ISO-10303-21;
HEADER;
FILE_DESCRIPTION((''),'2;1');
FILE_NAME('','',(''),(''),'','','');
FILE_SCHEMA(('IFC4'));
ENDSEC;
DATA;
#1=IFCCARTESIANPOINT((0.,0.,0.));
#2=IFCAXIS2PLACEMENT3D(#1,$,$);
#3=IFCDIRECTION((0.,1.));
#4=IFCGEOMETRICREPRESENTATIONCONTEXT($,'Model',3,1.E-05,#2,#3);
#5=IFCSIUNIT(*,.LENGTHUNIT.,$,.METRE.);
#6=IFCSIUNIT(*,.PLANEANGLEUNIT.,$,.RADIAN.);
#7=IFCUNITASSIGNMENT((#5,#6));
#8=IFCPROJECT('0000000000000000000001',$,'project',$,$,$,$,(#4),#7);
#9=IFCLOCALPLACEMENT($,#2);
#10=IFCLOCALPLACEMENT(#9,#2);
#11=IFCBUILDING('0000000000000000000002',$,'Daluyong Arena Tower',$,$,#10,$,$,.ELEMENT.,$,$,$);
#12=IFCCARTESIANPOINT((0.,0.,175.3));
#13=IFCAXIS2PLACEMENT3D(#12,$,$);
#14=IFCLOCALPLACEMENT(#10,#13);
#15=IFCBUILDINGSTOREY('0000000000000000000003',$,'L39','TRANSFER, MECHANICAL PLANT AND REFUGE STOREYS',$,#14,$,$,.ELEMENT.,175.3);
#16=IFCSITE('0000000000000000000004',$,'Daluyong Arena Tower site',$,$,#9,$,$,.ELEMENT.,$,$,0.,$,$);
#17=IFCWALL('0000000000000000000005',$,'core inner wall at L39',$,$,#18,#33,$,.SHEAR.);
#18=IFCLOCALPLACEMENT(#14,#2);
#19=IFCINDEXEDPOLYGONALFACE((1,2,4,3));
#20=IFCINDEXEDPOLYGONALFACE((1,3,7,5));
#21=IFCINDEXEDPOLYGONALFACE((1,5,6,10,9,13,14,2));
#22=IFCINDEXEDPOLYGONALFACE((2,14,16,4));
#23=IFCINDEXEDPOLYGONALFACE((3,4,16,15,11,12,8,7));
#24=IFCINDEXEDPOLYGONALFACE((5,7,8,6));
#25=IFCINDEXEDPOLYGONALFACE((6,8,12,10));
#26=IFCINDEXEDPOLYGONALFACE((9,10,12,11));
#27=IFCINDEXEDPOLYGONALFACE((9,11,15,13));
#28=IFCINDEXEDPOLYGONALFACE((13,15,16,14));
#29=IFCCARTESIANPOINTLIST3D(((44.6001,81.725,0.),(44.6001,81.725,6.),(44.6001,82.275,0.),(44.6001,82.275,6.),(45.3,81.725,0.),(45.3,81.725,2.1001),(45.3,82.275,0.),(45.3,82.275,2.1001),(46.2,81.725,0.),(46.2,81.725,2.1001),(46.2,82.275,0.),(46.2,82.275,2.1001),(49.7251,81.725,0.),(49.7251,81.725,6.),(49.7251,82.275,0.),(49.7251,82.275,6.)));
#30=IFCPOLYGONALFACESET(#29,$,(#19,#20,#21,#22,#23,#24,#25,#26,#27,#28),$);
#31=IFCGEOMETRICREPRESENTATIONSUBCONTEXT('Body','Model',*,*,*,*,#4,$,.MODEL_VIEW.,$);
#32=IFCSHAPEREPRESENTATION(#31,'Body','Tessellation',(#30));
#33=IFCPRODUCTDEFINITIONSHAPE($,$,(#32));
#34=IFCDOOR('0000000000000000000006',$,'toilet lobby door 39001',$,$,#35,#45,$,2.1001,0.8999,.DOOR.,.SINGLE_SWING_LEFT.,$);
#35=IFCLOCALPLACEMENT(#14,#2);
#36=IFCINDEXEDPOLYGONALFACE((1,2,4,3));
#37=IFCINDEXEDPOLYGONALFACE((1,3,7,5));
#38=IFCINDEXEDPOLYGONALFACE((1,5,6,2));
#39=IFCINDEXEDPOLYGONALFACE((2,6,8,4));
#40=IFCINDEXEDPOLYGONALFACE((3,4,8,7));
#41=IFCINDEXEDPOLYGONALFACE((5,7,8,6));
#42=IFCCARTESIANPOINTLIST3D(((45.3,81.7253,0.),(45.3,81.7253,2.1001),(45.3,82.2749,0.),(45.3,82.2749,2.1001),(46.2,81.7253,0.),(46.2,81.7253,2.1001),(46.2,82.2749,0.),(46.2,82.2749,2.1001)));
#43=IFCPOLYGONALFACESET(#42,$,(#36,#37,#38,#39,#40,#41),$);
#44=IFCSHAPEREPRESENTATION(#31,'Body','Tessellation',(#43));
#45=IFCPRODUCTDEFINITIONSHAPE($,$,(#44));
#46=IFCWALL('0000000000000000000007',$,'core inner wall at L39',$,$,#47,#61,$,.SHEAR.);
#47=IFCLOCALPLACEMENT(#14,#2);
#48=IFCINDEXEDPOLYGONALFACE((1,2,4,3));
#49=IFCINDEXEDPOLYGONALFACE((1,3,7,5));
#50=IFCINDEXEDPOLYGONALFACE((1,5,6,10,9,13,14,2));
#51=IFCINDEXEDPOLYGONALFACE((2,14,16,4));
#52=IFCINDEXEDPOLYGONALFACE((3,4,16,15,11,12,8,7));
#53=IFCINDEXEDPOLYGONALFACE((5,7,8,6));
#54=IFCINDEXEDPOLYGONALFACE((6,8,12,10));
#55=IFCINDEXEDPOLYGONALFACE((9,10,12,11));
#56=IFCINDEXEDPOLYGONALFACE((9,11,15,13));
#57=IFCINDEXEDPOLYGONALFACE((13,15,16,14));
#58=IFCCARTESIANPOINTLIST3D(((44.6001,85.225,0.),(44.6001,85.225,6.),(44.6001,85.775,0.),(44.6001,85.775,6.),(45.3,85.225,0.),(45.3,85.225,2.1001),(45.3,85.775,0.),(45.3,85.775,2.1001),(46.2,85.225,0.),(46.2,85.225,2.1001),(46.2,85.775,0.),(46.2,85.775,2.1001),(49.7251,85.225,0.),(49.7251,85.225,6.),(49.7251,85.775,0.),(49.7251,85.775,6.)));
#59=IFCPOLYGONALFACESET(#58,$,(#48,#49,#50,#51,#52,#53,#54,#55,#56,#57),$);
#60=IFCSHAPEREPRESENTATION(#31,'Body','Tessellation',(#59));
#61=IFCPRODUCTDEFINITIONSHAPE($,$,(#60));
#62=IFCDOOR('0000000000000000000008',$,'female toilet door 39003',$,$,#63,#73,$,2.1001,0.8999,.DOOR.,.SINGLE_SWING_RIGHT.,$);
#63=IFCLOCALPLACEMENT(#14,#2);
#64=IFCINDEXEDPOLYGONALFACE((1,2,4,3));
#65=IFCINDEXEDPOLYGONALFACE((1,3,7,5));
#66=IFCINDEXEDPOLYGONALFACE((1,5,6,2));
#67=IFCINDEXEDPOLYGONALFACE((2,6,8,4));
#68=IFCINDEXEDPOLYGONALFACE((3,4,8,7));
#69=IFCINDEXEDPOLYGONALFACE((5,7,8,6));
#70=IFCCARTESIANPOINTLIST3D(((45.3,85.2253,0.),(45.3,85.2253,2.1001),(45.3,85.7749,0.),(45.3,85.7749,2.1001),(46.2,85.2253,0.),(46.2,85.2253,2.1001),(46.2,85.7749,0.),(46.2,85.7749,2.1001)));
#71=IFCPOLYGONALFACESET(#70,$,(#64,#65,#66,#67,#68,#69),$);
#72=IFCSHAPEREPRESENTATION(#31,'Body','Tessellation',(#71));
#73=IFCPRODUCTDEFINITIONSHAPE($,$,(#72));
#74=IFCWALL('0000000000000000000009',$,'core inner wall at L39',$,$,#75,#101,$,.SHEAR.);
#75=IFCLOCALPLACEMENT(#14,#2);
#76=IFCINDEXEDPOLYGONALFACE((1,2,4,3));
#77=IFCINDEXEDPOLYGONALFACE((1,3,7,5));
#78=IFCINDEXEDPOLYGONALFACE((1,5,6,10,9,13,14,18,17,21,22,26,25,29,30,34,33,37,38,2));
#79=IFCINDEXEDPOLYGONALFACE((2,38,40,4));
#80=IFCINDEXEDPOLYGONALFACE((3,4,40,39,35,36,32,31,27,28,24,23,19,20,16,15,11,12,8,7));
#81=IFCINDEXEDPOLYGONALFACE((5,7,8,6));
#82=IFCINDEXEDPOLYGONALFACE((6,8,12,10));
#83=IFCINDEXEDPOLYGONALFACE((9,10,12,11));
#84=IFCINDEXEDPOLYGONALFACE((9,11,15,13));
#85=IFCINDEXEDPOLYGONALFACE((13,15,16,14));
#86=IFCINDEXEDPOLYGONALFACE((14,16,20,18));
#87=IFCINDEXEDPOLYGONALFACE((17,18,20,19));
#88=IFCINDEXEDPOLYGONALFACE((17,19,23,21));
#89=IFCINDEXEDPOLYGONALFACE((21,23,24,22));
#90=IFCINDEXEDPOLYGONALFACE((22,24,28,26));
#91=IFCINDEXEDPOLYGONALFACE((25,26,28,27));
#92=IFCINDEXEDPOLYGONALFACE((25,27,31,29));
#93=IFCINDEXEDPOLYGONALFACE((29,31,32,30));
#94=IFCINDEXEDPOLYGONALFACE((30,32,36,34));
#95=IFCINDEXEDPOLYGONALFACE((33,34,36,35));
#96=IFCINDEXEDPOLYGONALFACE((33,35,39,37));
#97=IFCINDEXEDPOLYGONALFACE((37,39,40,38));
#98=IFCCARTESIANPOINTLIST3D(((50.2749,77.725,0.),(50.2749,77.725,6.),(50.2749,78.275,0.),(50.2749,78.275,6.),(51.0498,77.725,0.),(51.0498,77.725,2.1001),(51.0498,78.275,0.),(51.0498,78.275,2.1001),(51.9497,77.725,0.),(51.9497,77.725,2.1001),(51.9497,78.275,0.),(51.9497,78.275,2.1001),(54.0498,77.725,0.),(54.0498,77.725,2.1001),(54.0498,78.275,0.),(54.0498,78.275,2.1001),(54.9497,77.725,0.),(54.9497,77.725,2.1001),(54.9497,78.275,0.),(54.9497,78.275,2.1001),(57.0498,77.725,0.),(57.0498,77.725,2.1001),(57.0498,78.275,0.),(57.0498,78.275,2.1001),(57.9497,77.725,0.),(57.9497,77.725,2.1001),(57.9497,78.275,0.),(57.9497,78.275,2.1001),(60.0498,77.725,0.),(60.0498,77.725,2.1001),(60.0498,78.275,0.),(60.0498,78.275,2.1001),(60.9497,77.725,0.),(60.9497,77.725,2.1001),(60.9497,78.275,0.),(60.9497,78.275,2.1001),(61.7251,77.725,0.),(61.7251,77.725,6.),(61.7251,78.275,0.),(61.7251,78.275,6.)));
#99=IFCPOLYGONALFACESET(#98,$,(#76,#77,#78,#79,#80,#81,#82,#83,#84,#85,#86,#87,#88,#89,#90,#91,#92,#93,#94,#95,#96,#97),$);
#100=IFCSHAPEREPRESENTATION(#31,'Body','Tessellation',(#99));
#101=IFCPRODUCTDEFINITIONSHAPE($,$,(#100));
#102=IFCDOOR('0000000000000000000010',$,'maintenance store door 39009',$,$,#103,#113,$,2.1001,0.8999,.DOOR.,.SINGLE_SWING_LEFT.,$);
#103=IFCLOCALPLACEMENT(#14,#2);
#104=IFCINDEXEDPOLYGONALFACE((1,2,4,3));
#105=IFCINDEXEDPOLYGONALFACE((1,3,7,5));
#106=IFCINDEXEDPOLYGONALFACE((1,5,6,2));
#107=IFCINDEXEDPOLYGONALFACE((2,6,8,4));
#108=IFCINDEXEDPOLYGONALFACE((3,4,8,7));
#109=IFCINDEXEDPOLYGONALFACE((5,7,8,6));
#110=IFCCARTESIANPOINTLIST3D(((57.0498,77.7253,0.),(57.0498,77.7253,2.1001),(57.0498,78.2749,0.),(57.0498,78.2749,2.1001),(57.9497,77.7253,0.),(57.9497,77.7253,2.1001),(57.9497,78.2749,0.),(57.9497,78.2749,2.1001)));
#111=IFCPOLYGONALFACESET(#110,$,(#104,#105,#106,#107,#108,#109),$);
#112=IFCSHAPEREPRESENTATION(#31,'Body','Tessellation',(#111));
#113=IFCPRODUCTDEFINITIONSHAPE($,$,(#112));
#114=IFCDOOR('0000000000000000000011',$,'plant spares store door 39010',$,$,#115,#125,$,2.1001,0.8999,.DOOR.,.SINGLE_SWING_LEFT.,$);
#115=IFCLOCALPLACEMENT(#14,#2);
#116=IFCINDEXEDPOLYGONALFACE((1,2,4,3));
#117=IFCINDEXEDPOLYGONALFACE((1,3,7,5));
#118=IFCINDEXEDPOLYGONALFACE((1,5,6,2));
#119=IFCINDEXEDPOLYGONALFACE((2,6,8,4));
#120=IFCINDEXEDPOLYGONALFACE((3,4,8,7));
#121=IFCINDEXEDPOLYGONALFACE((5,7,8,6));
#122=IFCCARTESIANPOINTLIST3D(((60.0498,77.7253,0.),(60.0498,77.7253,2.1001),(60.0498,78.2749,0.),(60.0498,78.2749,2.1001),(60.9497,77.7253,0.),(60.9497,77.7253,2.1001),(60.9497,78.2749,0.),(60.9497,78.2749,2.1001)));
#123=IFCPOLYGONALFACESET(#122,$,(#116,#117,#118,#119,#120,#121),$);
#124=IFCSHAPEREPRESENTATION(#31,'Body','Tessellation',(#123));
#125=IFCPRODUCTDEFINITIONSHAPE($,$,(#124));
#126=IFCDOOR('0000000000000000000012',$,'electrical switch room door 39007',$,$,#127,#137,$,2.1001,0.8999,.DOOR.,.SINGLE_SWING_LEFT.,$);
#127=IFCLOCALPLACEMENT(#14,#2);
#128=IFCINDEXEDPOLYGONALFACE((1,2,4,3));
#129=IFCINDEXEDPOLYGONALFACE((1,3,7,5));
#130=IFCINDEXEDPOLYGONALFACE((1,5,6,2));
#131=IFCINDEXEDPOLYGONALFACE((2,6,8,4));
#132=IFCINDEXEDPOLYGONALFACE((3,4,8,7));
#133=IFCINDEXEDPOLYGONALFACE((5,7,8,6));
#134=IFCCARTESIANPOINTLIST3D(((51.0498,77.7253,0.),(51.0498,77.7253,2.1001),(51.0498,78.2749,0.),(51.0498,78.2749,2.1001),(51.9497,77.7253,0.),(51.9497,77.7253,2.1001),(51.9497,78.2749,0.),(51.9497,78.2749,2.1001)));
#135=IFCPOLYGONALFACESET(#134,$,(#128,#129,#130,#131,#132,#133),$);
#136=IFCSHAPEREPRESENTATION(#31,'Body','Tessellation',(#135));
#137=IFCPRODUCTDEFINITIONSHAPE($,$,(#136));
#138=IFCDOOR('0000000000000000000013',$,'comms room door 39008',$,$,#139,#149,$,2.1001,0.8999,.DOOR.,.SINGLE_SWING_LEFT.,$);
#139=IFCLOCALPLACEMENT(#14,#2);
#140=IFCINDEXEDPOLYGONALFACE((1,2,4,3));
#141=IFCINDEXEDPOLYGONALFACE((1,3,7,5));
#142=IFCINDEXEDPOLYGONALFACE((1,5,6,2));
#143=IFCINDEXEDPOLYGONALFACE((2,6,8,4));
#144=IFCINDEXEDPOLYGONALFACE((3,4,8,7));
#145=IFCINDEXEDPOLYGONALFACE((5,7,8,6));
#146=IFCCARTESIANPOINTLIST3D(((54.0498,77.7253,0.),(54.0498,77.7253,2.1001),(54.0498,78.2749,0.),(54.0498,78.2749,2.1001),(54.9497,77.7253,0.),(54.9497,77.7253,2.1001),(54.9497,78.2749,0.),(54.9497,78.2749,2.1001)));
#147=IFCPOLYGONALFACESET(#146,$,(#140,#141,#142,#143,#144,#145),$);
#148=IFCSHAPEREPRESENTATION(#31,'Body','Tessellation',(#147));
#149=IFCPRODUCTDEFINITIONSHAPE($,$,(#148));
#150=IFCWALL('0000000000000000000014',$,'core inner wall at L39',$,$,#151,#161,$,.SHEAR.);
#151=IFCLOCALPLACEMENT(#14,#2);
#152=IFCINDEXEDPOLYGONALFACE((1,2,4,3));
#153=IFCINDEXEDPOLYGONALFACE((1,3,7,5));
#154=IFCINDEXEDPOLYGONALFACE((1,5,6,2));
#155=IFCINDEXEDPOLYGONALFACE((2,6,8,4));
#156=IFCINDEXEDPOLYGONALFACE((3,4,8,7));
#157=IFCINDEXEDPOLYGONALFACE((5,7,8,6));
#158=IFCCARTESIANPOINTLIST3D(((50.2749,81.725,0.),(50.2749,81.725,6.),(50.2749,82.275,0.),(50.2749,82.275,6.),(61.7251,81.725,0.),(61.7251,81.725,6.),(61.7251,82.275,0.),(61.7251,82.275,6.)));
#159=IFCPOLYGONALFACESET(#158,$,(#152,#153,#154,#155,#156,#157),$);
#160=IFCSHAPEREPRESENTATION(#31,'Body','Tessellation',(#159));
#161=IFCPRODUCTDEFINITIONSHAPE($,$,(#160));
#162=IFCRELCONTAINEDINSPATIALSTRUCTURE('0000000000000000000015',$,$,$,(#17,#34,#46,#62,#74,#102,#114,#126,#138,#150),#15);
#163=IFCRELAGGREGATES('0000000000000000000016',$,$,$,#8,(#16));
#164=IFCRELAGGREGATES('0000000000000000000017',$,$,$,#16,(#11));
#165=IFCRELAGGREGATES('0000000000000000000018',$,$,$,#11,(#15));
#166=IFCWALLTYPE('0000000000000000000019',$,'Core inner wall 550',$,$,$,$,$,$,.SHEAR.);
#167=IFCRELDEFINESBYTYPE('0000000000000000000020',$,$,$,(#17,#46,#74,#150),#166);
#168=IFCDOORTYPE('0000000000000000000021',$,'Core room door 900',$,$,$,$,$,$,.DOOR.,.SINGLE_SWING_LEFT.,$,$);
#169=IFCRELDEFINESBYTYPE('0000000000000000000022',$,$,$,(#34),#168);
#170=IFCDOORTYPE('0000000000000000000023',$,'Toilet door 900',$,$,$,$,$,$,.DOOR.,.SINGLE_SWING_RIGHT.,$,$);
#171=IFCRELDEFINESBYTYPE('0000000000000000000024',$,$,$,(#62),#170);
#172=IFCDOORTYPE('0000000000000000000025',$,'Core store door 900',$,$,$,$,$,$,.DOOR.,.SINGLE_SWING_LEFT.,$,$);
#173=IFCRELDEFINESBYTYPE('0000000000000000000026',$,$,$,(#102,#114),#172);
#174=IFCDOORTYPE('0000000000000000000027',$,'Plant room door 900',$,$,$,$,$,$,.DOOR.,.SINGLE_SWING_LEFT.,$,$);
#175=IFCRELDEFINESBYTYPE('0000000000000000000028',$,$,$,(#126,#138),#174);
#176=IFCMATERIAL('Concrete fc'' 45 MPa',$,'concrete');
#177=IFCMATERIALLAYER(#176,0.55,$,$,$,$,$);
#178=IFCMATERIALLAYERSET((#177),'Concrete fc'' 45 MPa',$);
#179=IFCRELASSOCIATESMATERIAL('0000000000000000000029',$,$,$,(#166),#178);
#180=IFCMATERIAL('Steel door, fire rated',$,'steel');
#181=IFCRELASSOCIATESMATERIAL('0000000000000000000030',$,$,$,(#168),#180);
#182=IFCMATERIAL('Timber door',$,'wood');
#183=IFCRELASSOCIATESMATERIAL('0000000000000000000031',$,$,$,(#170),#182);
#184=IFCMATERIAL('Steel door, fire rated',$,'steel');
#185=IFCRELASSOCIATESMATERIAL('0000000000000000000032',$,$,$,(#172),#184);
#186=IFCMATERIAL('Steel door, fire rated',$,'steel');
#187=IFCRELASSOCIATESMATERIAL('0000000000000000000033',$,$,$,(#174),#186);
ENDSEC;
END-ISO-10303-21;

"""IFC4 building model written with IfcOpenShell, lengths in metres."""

from ifc_helpers import new_model, si_unit, direction, frame, frame_2d, origin, place, context, subcontext, project, spatial, rectangle, extrude, material, layer, layer_set, type_object, element, fill, save


model = new_model("IFC4")

# Units and contexts
model_context = context("Model", 3, precision=1e-05, world=origin(), true_north=direction((0.0, 1.0)))
body_context = subcontext(model_context, "Body", "Model", "MODEL_VIEW")
ifc_project = project(units=[si_unit("LENGTHUNIT", "METRE"), si_unit("PLANEANGLEUNIT", "RADIAN")], contexts=[model_context])

# Site, building, storey
site_placement = place(None, origin())
site = spatial("IfcSite", under=ifc_project, at=site_placement, Name="Daluyong Arena Tower site", CompositionType="ELEMENT", RefElevation=0.0)
building_placement = place(site_placement, origin())
building = spatial("IfcBuilding", under=site, at=building_placement, Name="Daluyong Arena Tower", CompositionType="ELEMENT")
storey_placement = place(building_placement, frame((0.0, 0.0, 175.3)))
storey = spatial("IfcBuildingStorey", under=building, at=storey_placement, Name="L39", Description="TRANSFER, MECHANICAL PLANT AND REFUGE STOREYS", CompositionType="ELEMENT", Elevation=175.3)

# Walls, openings, doors
ifc_material_1 = material(Name="Concrete fc' 45 MPa", Category="concrete")
ifc_layer_1 = layer(ifc_material_1, 0.55)
ifc_layer_set_1 = layer_set([ifc_layer_1], Name="Concrete fc' 45 MPa")
wall_type_1 = type_object("IfcWallType", Name="Core inner wall 550", PredefinedType="SHEAR", material=ifc_layer_set_1)
wall_1_placement = place(storey_placement, frame((44.6001, 82.0, 0.0), z_axis=(0.0, 0.0, 1.0), x_axis=(1.0, 0.0, 0.0)))
wall_1 = element("IfcWall", 1, at=wall_1_placement, inside=storey, type_object=wall_type_1, Name="core inner wall at L39", PredefinedType="SHEAR", context=body_context, shape_type="SweptSolid", body=[
    extrude(rectangle(XDim=5.125, YDim=0.55, at=frame_2d((2.5625, 0.0))), origin(), (0.0, 0.0, 1.0), 6.0),
])
opening_1_placement = place(wall_1_placement, frame((0.7, 0.0, 0.0)))
opening_1 = element("IfcOpeningElement", 2, at=opening_1_placement, cuts=wall_1, PredefinedType="OPENING", context=body_context, shape_type="SweptSolid", body=[
    extrude(rectangle(XDim=0.8999, YDim=2.1001, at=frame_2d((0.45, 1.05))), frame((0.0, 0.2849, 0.0), z_axis=(0.0, -1.0, 0.0), x_axis=(1.0, 0.0, 0.0)), (0.0, 0.0, 1.0), 0.5701),
])
ifc_material_2 = material(Name="Steel door, fire rated", Category="steel")
door_type_1 = type_object("IfcDoorType", Name="Core room door 900", OperationType="SINGLE_SWING_LEFT", PredefinedType="DOOR", material=ifc_material_2)
door_1_placement = place(opening_1_placement, origin())
door_1 = element("IfcDoor", 3, at=door_1_placement, inside=storey, type_object=door_type_1, Name="toilet lobby door 39001", OperationType="SINGLE_SWING_LEFT", OverallHeight=2.1001, OverallWidth=0.8999, PredefinedType="DOOR", context=body_context, shape_type="SweptSolid", body=[
    extrude(rectangle(XDim=0.8999, YDim=2.1001, at=frame_2d((0.45, 1.05))), frame((0.0, 0.2749, 0.0), z_axis=(0.0, -1.0, 0.0), x_axis=(1.0, 0.0, 0.0)), (0.0, 0.0, 1.0), 0.5496),
])
fill(opening_1, door_1)
wall_2_placement = place(storey_placement, frame((44.6001, 85.5, 0.0), z_axis=(0.0, 0.0, 1.0), x_axis=(1.0, 0.0, 0.0)))
wall_2 = element("IfcWall", 4, at=wall_2_placement, inside=storey, type_object=wall_type_1, Name="core inner wall at L39", PredefinedType="SHEAR", context=body_context, shape_type="SweptSolid", body=[
    extrude(rectangle(XDim=5.125, YDim=0.55, at=frame_2d((2.5625, 0.0))), origin(), (0.0, 0.0, 1.0), 6.0),
])
opening_2_placement = place(wall_2_placement, frame((0.7, 0.0, 0.0)))
opening_2 = element("IfcOpeningElement", 5, at=opening_2_placement, cuts=wall_2, PredefinedType="OPENING", context=body_context, shape_type="SweptSolid", body=[
    extrude(rectangle(XDim=0.8999, YDim=2.1001, at=frame_2d((0.45, 1.05))), frame((0.0, 0.2849, 0.0), z_axis=(0.0, -1.0, 0.0), x_axis=(1.0, 0.0, 0.0)), (0.0, 0.0, 1.0), 0.5701),
])
ifc_material_3 = material(Name="Timber door", Category="wood")
door_type_2 = type_object("IfcDoorType", Name="Toilet door 900", OperationType="SINGLE_SWING_RIGHT", PredefinedType="DOOR", material=ifc_material_3)
door_2_placement = place(opening_2_placement, origin())
door_2 = element("IfcDoor", 6, at=door_2_placement, inside=storey, type_object=door_type_2, Name="female toilet door 39003", OperationType="SINGLE_SWING_RIGHT", OverallHeight=2.1001, OverallWidth=0.8999, PredefinedType="DOOR", context=body_context, shape_type="SweptSolid", body=[
    extrude(rectangle(XDim=0.8999, YDim=2.1001, at=frame_2d((0.45, 1.05))), frame((0.0, 0.2749, 0.0), z_axis=(0.0, -1.0, 0.0), x_axis=(1.0, 0.0, 0.0)), (0.0, 0.0, 1.0), 0.5496),
])
fill(opening_2, door_2)

# Wall, openings, doors
wall_3_placement = place(storey_placement, frame((50.2749, 78.0, 0.0), z_axis=(0.0, 0.0, 1.0), x_axis=(1.0, 0.0, 0.0)))
wall_3 = element("IfcWall", 7, at=wall_3_placement, inside=storey, type_object=wall_type_1, Name="core inner wall at L39", PredefinedType="SHEAR", context=body_context, shape_type="SweptSolid", body=[
    extrude(rectangle(XDim=11.4502, YDim=0.55, at=frame_2d((5.7251, 0.0))), origin(), (0.0, 0.0, 1.0), 6.0),
])
opening_3_placement = place(wall_3_placement, frame((0.7749, 0.0, 0.0)))
opening_3 = element("IfcOpeningElement", 8, at=opening_3_placement, cuts=wall_3, PredefinedType="OPENING", context=body_context, shape_type="SweptSolid", body=[
    extrude(rectangle(XDim=0.8999, YDim=2.1001, at=frame_2d((0.45, 1.05))), frame((0.0, 0.2849, 0.0), z_axis=(0.0, -1.0, 0.0), x_axis=(1.0, 0.0, 0.0)), (0.0, 0.0, 1.0), 0.5701),
])
opening_4_placement = place(wall_3_placement, frame((3.7749, 0.0, 0.0)))
opening_4 = element("IfcOpeningElement", 9, at=opening_4_placement, cuts=wall_3, PredefinedType="OPENING", context=body_context, shape_type="SweptSolid", body=[
    extrude(rectangle(XDim=0.8999, YDim=2.1001, at=frame_2d((0.45, 1.05))), frame((0.0, 0.2849, 0.0), z_axis=(0.0, -1.0, 0.0), x_axis=(1.0, 0.0, 0.0)), (0.0, 0.0, 1.0), 0.5701),
])
opening_5_placement = place(wall_3_placement, frame((6.7749, 0.0, 0.0)))
opening_5 = element("IfcOpeningElement", 10, at=opening_5_placement, cuts=wall_3, PredefinedType="OPENING", context=body_context, shape_type="SweptSolid", body=[
    extrude(rectangle(XDim=0.8999, YDim=2.1001, at=frame_2d((0.45, 1.05))), frame((0.0, 0.2849, 0.0), z_axis=(0.0, -1.0, 0.0), x_axis=(1.0, 0.0, 0.0)), (0.0, 0.0, 1.0), 0.5701),
])
opening_6_placement = place(wall_3_placement, frame((9.7749, 0.0, 0.0)))
opening_6 = element("IfcOpeningElement", 11, at=opening_6_placement, cuts=wall_3, PredefinedType="OPENING", context=body_context, shape_type="SweptSolid", body=[
    extrude(rectangle(XDim=0.8999, YDim=2.1001, at=frame_2d((0.45, 1.05))), frame((0.0, 0.2849, 0.0), z_axis=(0.0, -1.0, 0.0), x_axis=(1.0, 0.0, 0.0)), (0.0, 0.0, 1.0), 0.5701),
])
ifc_material_4 = material(Name="Steel door, fire rated", Category="steel")
door_type_3 = type_object("IfcDoorType", Name="Core store door 900", OperationType="SINGLE_SWING_LEFT", PredefinedType="DOOR", material=ifc_material_4)
door_3_placement = place(opening_5_placement, origin())
door_3 = element("IfcDoor", 12, at=door_3_placement, inside=storey, type_object=door_type_3, Name="maintenance store door 39009", OperationType="SINGLE_SWING_LEFT", OverallHeight=2.1001, OverallWidth=0.8999, PredefinedType="DOOR", context=body_context, shape_type="SweptSolid", body=[
    extrude(rectangle(XDim=0.8999, YDim=2.1001, at=frame_2d((0.45, 1.05))), frame((0.0, 0.2749, 0.0), z_axis=(0.0, -1.0, 0.0), x_axis=(1.0, 0.0, 0.0)), (0.0, 0.0, 1.0), 0.5496),
])
fill(opening_5, door_3)
door_4_placement = place(opening_6_placement, origin())
door_4 = element("IfcDoor", 13, at=door_4_placement, inside=storey, type_object=door_type_3, Name="plant spares store door 39010", OperationType="SINGLE_SWING_LEFT", OverallHeight=2.1001, OverallWidth=0.8999, PredefinedType="DOOR", context=body_context, shape_type="SweptSolid", body=[
    extrude(rectangle(XDim=0.8999, YDim=2.1001, at=frame_2d((0.45, 1.05))), frame((0.0, 0.2749, 0.0), z_axis=(0.0, -1.0, 0.0), x_axis=(1.0, 0.0, 0.0)), (0.0, 0.0, 1.0), 0.5496),
])
fill(opening_6, door_4)
ifc_material_5 = material(Name="Steel door, fire rated", Category="steel")
door_type_4 = type_object("IfcDoorType", Name="Plant room door 900", OperationType="SINGLE_SWING_LEFT", PredefinedType="DOOR", material=ifc_material_5)
door_5_placement = place(opening_3_placement, origin())
door_5 = element("IfcDoor", 14, at=door_5_placement, inside=storey, type_object=door_type_4, Name="electrical switch room door 39007", OperationType="SINGLE_SWING_LEFT", OverallHeight=2.1001, OverallWidth=0.8999, PredefinedType="DOOR", context=body_context, shape_type="SweptSolid", body=[
    extrude(rectangle(XDim=0.8999, YDim=2.1001, at=frame_2d((0.45, 1.05))), frame((0.0, 0.2749, 0.0), z_axis=(0.0, -1.0, 0.0), x_axis=(1.0, 0.0, 0.0)), (0.0, 0.0, 1.0), 0.5496),
])
fill(opening_3, door_5)
door_6_placement = place(opening_4_placement, origin())
door_6 = element("IfcDoor", 15, at=door_6_placement, inside=storey, type_object=door_type_4, Name="comms room door 39008", OperationType="SINGLE_SWING_LEFT", OverallHeight=2.1001, OverallWidth=0.8999, PredefinedType="DOOR", context=body_context, shape_type="SweptSolid", body=[
    extrude(rectangle(XDim=0.8999, YDim=2.1001, at=frame_2d((0.45, 1.05))), frame((0.0, 0.2749, 0.0), z_axis=(0.0, -1.0, 0.0), x_axis=(1.0, 0.0, 0.0)), (0.0, 0.0, 1.0), 0.5496),
])
fill(opening_4, door_6)

# Wall
for number, where, z_axis, x_axis, name in (
    (16, (50.2749, 82.0, 0.0), (0.0, 0.0, 1.0), (1.0, 0.0, 0.0), "core inner wall at L39"),
):
    element("IfcWall", number, at=place(storey_placement, frame(where, z_axis=z_axis, x_axis=x_axis)), inside=storey, type_object=wall_type_1, Name=name, PredefinedType="SHEAR", context=body_context, shape_type="SweptSolid", body=[
        extrude(rectangle(XDim=11.4502, YDim=0.55, at=frame_2d((5.7251, 0.0))), origin(), (0.0, 0.0, 1.0), 6.0),
    ])

save(model, "model.ifc")
